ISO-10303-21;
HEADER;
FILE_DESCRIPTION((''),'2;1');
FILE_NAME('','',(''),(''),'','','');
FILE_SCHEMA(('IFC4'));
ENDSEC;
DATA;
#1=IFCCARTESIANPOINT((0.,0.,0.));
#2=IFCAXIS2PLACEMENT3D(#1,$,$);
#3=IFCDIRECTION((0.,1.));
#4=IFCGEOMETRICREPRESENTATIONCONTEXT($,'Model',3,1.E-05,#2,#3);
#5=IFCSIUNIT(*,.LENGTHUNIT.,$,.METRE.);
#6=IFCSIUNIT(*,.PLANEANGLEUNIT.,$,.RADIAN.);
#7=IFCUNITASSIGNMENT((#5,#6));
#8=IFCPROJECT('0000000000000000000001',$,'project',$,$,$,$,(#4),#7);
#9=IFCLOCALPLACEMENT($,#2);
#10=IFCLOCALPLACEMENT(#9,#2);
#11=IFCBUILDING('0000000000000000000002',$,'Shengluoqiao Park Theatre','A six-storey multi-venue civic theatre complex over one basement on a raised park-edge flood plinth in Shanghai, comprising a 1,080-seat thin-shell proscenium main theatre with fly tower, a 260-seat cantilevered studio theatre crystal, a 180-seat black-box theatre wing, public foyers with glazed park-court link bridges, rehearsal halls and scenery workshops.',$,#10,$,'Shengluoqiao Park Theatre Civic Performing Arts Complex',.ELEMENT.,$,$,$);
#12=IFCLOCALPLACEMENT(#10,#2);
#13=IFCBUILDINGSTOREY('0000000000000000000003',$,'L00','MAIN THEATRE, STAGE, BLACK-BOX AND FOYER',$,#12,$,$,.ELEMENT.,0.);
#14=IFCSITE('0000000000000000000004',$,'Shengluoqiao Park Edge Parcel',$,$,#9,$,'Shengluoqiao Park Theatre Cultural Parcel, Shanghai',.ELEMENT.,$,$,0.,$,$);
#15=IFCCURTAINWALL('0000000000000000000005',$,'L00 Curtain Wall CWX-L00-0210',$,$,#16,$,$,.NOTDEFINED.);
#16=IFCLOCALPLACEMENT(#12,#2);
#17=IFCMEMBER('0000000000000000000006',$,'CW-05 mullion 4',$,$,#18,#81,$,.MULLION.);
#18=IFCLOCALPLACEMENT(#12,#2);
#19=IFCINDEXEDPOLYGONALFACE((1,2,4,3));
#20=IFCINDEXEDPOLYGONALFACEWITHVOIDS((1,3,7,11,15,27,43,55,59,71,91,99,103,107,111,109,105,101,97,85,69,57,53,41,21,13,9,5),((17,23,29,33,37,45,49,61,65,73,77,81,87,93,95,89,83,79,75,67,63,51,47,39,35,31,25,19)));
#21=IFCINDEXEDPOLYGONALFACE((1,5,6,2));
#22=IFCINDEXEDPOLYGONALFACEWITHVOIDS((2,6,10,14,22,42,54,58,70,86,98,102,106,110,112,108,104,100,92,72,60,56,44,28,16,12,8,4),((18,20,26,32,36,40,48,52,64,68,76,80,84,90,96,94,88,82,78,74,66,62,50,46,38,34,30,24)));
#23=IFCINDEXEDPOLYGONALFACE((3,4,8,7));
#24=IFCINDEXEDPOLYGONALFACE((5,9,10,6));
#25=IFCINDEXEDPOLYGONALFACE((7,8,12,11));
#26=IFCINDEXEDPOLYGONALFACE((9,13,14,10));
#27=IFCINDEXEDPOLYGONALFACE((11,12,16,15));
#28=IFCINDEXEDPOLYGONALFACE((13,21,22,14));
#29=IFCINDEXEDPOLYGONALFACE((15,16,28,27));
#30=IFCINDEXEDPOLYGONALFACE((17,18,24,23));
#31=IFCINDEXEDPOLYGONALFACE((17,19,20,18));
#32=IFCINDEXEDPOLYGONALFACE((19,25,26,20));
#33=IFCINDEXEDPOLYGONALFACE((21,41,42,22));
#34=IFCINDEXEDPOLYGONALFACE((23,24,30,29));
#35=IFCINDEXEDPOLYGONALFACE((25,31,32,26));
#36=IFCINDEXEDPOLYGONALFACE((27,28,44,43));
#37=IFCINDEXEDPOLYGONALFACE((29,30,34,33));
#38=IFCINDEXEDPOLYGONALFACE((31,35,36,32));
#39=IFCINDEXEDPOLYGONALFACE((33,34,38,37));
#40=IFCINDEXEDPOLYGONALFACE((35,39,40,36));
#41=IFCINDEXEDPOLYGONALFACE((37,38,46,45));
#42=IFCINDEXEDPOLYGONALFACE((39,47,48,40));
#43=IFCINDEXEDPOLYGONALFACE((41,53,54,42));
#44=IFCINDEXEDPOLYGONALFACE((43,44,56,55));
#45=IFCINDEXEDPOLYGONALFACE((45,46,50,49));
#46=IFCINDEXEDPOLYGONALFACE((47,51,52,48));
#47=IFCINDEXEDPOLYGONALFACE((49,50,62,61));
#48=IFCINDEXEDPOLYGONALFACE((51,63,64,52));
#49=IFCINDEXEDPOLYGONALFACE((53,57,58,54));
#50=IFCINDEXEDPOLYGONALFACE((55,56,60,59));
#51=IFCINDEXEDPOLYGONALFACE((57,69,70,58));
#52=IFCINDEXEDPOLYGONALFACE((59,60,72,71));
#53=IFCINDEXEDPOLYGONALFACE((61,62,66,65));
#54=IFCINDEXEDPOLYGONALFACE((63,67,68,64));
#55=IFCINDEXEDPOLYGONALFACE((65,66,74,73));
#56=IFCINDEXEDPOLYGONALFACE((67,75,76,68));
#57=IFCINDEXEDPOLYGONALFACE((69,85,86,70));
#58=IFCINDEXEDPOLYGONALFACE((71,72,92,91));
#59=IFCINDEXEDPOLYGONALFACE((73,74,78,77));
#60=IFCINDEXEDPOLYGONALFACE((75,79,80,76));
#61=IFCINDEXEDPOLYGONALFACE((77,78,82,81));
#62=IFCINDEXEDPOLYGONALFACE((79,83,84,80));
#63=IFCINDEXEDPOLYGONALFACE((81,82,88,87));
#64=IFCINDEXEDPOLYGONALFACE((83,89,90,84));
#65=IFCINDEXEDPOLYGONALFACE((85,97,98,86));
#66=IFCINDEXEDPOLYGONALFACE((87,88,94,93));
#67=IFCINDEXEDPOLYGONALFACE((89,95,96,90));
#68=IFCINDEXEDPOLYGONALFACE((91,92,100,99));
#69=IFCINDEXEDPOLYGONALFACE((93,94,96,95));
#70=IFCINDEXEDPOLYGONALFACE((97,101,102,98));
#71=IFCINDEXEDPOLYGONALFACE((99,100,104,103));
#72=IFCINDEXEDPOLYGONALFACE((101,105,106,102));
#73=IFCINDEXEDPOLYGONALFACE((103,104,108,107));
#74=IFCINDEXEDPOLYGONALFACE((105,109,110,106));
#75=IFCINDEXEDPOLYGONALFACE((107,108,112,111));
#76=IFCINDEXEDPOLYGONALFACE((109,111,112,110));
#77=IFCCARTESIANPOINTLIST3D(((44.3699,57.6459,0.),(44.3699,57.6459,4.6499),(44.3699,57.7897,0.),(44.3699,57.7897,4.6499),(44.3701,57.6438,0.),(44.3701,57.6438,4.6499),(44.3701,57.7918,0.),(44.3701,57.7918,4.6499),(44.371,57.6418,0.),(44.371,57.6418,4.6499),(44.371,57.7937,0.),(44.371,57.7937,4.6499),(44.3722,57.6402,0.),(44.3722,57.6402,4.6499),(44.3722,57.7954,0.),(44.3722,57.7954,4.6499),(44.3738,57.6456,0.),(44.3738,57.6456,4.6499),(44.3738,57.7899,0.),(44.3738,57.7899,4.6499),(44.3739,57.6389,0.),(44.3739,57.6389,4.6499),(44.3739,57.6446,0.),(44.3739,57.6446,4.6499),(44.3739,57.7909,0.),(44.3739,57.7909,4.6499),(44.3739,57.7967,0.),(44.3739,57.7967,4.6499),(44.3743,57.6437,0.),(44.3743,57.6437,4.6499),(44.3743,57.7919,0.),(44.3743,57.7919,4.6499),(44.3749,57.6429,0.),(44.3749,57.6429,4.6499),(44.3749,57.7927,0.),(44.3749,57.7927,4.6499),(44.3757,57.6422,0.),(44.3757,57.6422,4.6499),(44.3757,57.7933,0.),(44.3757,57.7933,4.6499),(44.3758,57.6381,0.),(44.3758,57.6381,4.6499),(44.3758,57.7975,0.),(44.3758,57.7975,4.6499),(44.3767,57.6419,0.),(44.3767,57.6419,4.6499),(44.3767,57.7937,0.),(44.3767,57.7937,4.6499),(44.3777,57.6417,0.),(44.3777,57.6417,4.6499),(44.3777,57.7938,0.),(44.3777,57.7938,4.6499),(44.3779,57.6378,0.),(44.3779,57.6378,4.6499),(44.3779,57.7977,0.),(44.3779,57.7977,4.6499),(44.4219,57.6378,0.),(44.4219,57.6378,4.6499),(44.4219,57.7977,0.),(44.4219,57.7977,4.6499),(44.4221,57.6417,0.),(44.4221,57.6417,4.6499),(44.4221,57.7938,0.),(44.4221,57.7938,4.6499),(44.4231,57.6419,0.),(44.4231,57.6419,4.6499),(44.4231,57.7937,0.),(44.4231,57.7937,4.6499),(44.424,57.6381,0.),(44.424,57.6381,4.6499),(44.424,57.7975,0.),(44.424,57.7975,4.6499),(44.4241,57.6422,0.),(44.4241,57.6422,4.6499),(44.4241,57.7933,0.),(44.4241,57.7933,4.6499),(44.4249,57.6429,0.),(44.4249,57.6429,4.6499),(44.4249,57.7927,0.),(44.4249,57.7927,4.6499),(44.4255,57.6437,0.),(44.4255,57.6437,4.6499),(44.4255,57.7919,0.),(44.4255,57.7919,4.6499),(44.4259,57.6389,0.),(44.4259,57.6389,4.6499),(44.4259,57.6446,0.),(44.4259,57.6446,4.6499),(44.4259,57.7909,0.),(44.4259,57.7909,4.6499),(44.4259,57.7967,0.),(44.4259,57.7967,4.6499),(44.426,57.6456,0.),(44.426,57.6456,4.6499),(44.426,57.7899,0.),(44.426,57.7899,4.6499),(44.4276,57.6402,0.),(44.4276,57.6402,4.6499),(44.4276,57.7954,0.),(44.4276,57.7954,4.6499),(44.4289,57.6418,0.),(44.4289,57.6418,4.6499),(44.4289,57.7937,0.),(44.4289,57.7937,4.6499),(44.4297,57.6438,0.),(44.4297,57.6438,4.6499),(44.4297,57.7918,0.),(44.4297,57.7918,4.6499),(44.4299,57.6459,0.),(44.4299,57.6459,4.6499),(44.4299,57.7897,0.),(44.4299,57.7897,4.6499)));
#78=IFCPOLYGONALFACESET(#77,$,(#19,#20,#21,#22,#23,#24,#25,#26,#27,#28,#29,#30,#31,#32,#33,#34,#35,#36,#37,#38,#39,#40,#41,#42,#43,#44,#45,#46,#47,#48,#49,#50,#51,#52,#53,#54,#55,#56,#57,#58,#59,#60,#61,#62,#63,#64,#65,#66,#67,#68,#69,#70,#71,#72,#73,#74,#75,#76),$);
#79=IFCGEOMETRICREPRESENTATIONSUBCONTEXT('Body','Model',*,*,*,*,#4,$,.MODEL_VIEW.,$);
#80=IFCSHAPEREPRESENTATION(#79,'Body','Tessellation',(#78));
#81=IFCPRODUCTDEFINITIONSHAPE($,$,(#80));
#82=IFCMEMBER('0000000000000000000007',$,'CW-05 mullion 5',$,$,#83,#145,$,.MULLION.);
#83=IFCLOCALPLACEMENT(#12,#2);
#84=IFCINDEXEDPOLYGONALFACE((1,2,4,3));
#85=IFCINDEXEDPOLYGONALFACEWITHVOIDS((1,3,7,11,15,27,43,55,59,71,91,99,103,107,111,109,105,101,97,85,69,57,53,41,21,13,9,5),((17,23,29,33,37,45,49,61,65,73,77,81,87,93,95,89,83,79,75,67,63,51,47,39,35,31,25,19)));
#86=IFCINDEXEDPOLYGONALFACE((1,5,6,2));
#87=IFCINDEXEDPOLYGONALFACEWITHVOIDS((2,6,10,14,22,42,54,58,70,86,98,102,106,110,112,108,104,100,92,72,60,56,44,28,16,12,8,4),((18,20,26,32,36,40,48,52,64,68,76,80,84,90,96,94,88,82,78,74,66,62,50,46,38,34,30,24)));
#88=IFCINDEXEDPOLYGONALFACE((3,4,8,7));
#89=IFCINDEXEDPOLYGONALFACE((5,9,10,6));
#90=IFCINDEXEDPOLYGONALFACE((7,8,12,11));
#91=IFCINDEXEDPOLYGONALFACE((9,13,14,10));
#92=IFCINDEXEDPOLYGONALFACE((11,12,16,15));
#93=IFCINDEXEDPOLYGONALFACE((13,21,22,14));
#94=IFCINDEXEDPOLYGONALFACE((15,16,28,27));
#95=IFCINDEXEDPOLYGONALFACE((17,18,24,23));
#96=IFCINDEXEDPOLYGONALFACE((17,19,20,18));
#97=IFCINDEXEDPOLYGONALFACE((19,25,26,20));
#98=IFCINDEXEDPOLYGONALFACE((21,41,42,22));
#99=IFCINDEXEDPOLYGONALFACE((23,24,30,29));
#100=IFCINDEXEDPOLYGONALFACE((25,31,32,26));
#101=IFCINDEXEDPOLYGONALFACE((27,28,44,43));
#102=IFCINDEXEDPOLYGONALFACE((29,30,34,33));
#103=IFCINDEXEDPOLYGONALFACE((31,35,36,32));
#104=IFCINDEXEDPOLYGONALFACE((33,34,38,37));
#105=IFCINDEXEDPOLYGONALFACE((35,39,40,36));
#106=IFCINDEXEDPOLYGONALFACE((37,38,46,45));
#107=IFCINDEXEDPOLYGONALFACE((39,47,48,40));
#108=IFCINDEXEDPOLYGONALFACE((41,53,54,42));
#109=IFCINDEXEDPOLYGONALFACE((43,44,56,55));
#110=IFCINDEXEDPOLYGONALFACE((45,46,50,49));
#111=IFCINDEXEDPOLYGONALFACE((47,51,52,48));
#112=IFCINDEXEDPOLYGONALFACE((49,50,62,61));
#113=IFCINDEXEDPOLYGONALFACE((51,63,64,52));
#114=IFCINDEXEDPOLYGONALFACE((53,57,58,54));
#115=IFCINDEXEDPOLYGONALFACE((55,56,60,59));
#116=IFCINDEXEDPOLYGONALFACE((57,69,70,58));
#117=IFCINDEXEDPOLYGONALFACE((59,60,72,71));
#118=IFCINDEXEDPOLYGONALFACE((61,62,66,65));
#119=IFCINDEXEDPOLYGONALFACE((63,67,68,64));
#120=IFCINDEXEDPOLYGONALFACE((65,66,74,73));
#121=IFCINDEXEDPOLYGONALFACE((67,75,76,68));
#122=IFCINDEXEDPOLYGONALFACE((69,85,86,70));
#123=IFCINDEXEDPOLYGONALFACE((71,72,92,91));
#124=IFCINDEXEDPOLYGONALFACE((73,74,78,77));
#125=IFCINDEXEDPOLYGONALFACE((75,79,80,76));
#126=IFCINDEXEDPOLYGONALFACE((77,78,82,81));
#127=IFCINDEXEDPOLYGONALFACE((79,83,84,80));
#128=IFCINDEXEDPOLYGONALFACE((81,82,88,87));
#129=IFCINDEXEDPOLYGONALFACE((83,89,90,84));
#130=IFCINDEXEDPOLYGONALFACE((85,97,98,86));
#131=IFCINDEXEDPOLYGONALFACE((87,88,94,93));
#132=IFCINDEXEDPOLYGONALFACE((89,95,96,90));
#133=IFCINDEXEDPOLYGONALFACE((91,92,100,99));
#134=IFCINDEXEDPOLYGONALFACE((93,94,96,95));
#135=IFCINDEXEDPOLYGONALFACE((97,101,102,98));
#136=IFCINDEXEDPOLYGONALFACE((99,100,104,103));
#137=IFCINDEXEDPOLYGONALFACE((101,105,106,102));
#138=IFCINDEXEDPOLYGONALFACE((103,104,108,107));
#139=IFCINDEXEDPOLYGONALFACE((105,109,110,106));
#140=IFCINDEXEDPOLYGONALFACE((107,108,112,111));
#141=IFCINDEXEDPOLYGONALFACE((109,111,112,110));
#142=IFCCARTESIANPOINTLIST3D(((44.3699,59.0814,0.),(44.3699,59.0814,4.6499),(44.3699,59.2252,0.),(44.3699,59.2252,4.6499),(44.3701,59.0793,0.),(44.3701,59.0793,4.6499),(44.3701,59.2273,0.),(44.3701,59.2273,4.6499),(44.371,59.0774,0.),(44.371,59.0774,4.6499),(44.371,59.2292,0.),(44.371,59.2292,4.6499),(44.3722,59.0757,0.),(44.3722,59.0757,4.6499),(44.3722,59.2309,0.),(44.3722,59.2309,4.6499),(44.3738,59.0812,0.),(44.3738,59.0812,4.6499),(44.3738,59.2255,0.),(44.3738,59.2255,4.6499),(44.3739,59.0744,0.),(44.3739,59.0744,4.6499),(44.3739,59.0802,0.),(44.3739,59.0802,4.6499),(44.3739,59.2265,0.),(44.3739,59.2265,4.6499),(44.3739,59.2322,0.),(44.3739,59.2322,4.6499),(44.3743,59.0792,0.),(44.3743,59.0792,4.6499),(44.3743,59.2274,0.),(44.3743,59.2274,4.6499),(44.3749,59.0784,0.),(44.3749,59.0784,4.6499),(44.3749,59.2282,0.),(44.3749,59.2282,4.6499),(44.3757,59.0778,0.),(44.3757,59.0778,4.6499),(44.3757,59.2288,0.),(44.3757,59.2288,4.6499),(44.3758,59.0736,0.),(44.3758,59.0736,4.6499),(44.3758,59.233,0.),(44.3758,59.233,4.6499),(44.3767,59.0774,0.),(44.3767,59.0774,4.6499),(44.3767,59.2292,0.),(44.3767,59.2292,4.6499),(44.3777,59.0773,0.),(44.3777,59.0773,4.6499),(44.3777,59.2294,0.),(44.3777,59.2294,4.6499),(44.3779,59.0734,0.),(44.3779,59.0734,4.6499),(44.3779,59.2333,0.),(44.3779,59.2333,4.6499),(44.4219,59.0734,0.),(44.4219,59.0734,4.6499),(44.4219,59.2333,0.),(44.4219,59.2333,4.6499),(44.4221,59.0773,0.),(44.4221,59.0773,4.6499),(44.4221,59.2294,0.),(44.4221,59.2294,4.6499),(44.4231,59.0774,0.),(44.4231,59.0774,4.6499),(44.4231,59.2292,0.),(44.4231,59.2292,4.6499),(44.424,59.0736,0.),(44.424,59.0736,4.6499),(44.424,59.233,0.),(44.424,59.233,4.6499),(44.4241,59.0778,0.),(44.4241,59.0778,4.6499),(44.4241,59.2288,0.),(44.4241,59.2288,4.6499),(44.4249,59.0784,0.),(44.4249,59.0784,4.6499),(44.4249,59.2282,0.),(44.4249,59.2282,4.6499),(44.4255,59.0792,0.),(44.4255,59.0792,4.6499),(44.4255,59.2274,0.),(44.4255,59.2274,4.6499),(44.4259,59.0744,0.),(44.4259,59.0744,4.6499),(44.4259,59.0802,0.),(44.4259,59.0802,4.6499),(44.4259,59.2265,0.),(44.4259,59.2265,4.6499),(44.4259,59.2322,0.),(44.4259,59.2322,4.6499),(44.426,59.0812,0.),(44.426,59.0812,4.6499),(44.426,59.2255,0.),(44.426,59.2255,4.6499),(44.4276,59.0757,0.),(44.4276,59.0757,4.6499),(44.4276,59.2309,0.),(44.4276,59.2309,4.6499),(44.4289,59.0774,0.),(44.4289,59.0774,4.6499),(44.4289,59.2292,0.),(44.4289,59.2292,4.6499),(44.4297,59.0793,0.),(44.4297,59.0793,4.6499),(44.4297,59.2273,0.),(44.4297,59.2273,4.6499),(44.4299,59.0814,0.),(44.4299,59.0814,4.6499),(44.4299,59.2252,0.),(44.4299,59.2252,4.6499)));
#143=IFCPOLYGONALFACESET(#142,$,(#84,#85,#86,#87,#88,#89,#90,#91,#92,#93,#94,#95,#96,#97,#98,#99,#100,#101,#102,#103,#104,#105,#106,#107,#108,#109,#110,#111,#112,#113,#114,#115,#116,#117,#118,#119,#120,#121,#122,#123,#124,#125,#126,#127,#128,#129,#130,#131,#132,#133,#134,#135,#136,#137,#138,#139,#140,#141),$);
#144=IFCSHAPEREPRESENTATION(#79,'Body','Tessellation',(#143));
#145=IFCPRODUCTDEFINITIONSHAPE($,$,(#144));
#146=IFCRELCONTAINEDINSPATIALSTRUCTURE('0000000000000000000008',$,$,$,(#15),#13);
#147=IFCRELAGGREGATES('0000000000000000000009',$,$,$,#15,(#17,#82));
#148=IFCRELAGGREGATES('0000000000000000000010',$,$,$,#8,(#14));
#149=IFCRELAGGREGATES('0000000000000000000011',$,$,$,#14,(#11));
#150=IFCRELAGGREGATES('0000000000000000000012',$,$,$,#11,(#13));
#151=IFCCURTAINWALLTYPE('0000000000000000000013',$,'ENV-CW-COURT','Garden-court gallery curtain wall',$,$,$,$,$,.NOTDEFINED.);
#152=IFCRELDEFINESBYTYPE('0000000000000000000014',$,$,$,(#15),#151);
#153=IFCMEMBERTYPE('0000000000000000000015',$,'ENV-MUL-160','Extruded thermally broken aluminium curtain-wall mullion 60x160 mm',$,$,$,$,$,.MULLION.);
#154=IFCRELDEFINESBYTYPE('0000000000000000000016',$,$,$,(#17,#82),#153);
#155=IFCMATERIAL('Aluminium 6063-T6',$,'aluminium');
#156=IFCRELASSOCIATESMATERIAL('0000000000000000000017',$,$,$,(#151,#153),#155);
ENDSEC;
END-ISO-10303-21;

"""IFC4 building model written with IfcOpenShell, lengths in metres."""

from ifc_helpers import new_model, si_unit, direction, frame, origin, origin_2d, place, context, subcontext, project, spatial, hollow_rectangle, extrude, material, material_profile, profile_set, type_object, element, aggregate, save


model = new_model("IFC4")

# Units and contexts
model_context = context("Model", 3, precision=1e-05, world=origin(), true_north=direction((0.0, 1.0)))
body_context = subcontext(model_context, "Body", "Model", "MODEL_VIEW")
ifc_project = project(units=[si_unit("LENGTHUNIT", "METRE"), si_unit("PLANEANGLEUNIT", "RADIAN")], contexts=[model_context])

# Site, building, storey
site_placement = place(None, origin())
site = spatial("IfcSite", under=ifc_project, at=site_placement, Name="Shengluoqiao Park Edge Parcel", LongName="Shengluoqiao Park Theatre Cultural Parcel, Shanghai", CompositionType="ELEMENT", RefElevation=0.0)
building_placement = place(site_placement, origin())
building = spatial("IfcBuilding", under=site, at=building_placement, Name="Shengluoqiao Park Theatre", Description="A six-storey multi-venue civic theatre complex over one basement on a raised park-edge flood plinth in Shanghai, comprising a 1,080-seat thin-shell proscenium main theatre with fly tower, a 260-seat cantilevered studio theatre crystal, a 180-seat black-box theatre wing, public foyers with glazed park-court link bridges, rehearsal halls and scenery workshops.", LongName="Shengluoqiao Park Theatre Civic Performing Arts Complex", CompositionType="ELEMENT")
storey_placement = place(building_placement, origin())
storey = spatial("IfcBuildingStorey", under=building, at=storey_placement, Name="L00", Description="MAIN THEATRE, STAGE, BLACK-BOX AND FOYER", CompositionType="ELEMENT", Elevation=0.0)

# Curtain wall, members
ifc_material_1 = material(Name="Aluminium 6063-T6", Category="aluminium")
curtain_wall_type = type_object("IfcCurtainWallType", Name="ENV-CW-COURT", Description="Garden-court gallery curtain wall", PredefinedType="NOTDEFINED", material=ifc_material_1)
curtain_wall_placement = place(storey_placement, origin())
curtain_wall = element("IfcCurtainWall", 1, at=curtain_wall_placement, inside=storey, type_object=curtain_wall_type, Name="L00 Curtain Wall CWX-L00-0210", PredefinedType="NOTDEFINED")
ifc_material_profile_1 = material_profile(ifc_material_1, hollow_rectangle(XDim=0.0601, YDim=0.1599, WallThickness=0.0039, InnerFilletRadius=0.0039, OuterFilletRadius=0.0081, at=origin_2d()), Name="ALU MULLION 160x60x4")
ifc_profile_set_1 = profile_set([ifc_material_profile_1], Name="Aluminium 6063-T6")
member_type_1 = type_object("IfcMemberType", Name="ENV-MUL-160", Description="Extruded thermally broken aluminium curtain-wall mullion 60x160 mm", PredefinedType="MULLION", material=ifc_profile_set_1)
member_1_placement = place(storey_placement, frame((44.3999, 57.7178, 0.0), z_axis=(0.0, 0.0, 1.0), x_axis=(-1.0, 0.0, 0.0)))
member_1 = element("IfcMember", 2, at=member_1_placement, type_object=member_type_1, Name="CW-05 mullion 4", PredefinedType="MULLION", context=body_context, shape_type="SweptSolid", body=[
    extrude(hollow_rectangle(XDim=0.0601, YDim=0.1599, WallThickness=0.0039, InnerFilletRadius=0.0039, OuterFilletRadius=0.0081, at=origin_2d()), origin(), (0.0, 0.0, 1.0), 4.6499),
])
member_2_placement = place(storey_placement, frame((44.3999, 59.1533, 0.0), z_axis=(0.0, 0.0, 1.0), x_axis=(-1.0, 0.0, 0.0)))
member_2 = element("IfcMember", 3, at=member_2_placement, type_object=member_type_1, Name="CW-05 mullion 5", PredefinedType="MULLION", context=body_context, shape_type="SweptSolid", body=[
    extrude(hollow_rectangle(XDim=0.0601, YDim=0.1599, WallThickness=0.0039, InnerFilletRadius=0.0039, OuterFilletRadius=0.0081, at=origin_2d()), origin(), (0.0, 0.0, 1.0), 4.6499),
])
aggregate(curtain_wall, [member_1, member_2])

save(model, "model.ifc")
